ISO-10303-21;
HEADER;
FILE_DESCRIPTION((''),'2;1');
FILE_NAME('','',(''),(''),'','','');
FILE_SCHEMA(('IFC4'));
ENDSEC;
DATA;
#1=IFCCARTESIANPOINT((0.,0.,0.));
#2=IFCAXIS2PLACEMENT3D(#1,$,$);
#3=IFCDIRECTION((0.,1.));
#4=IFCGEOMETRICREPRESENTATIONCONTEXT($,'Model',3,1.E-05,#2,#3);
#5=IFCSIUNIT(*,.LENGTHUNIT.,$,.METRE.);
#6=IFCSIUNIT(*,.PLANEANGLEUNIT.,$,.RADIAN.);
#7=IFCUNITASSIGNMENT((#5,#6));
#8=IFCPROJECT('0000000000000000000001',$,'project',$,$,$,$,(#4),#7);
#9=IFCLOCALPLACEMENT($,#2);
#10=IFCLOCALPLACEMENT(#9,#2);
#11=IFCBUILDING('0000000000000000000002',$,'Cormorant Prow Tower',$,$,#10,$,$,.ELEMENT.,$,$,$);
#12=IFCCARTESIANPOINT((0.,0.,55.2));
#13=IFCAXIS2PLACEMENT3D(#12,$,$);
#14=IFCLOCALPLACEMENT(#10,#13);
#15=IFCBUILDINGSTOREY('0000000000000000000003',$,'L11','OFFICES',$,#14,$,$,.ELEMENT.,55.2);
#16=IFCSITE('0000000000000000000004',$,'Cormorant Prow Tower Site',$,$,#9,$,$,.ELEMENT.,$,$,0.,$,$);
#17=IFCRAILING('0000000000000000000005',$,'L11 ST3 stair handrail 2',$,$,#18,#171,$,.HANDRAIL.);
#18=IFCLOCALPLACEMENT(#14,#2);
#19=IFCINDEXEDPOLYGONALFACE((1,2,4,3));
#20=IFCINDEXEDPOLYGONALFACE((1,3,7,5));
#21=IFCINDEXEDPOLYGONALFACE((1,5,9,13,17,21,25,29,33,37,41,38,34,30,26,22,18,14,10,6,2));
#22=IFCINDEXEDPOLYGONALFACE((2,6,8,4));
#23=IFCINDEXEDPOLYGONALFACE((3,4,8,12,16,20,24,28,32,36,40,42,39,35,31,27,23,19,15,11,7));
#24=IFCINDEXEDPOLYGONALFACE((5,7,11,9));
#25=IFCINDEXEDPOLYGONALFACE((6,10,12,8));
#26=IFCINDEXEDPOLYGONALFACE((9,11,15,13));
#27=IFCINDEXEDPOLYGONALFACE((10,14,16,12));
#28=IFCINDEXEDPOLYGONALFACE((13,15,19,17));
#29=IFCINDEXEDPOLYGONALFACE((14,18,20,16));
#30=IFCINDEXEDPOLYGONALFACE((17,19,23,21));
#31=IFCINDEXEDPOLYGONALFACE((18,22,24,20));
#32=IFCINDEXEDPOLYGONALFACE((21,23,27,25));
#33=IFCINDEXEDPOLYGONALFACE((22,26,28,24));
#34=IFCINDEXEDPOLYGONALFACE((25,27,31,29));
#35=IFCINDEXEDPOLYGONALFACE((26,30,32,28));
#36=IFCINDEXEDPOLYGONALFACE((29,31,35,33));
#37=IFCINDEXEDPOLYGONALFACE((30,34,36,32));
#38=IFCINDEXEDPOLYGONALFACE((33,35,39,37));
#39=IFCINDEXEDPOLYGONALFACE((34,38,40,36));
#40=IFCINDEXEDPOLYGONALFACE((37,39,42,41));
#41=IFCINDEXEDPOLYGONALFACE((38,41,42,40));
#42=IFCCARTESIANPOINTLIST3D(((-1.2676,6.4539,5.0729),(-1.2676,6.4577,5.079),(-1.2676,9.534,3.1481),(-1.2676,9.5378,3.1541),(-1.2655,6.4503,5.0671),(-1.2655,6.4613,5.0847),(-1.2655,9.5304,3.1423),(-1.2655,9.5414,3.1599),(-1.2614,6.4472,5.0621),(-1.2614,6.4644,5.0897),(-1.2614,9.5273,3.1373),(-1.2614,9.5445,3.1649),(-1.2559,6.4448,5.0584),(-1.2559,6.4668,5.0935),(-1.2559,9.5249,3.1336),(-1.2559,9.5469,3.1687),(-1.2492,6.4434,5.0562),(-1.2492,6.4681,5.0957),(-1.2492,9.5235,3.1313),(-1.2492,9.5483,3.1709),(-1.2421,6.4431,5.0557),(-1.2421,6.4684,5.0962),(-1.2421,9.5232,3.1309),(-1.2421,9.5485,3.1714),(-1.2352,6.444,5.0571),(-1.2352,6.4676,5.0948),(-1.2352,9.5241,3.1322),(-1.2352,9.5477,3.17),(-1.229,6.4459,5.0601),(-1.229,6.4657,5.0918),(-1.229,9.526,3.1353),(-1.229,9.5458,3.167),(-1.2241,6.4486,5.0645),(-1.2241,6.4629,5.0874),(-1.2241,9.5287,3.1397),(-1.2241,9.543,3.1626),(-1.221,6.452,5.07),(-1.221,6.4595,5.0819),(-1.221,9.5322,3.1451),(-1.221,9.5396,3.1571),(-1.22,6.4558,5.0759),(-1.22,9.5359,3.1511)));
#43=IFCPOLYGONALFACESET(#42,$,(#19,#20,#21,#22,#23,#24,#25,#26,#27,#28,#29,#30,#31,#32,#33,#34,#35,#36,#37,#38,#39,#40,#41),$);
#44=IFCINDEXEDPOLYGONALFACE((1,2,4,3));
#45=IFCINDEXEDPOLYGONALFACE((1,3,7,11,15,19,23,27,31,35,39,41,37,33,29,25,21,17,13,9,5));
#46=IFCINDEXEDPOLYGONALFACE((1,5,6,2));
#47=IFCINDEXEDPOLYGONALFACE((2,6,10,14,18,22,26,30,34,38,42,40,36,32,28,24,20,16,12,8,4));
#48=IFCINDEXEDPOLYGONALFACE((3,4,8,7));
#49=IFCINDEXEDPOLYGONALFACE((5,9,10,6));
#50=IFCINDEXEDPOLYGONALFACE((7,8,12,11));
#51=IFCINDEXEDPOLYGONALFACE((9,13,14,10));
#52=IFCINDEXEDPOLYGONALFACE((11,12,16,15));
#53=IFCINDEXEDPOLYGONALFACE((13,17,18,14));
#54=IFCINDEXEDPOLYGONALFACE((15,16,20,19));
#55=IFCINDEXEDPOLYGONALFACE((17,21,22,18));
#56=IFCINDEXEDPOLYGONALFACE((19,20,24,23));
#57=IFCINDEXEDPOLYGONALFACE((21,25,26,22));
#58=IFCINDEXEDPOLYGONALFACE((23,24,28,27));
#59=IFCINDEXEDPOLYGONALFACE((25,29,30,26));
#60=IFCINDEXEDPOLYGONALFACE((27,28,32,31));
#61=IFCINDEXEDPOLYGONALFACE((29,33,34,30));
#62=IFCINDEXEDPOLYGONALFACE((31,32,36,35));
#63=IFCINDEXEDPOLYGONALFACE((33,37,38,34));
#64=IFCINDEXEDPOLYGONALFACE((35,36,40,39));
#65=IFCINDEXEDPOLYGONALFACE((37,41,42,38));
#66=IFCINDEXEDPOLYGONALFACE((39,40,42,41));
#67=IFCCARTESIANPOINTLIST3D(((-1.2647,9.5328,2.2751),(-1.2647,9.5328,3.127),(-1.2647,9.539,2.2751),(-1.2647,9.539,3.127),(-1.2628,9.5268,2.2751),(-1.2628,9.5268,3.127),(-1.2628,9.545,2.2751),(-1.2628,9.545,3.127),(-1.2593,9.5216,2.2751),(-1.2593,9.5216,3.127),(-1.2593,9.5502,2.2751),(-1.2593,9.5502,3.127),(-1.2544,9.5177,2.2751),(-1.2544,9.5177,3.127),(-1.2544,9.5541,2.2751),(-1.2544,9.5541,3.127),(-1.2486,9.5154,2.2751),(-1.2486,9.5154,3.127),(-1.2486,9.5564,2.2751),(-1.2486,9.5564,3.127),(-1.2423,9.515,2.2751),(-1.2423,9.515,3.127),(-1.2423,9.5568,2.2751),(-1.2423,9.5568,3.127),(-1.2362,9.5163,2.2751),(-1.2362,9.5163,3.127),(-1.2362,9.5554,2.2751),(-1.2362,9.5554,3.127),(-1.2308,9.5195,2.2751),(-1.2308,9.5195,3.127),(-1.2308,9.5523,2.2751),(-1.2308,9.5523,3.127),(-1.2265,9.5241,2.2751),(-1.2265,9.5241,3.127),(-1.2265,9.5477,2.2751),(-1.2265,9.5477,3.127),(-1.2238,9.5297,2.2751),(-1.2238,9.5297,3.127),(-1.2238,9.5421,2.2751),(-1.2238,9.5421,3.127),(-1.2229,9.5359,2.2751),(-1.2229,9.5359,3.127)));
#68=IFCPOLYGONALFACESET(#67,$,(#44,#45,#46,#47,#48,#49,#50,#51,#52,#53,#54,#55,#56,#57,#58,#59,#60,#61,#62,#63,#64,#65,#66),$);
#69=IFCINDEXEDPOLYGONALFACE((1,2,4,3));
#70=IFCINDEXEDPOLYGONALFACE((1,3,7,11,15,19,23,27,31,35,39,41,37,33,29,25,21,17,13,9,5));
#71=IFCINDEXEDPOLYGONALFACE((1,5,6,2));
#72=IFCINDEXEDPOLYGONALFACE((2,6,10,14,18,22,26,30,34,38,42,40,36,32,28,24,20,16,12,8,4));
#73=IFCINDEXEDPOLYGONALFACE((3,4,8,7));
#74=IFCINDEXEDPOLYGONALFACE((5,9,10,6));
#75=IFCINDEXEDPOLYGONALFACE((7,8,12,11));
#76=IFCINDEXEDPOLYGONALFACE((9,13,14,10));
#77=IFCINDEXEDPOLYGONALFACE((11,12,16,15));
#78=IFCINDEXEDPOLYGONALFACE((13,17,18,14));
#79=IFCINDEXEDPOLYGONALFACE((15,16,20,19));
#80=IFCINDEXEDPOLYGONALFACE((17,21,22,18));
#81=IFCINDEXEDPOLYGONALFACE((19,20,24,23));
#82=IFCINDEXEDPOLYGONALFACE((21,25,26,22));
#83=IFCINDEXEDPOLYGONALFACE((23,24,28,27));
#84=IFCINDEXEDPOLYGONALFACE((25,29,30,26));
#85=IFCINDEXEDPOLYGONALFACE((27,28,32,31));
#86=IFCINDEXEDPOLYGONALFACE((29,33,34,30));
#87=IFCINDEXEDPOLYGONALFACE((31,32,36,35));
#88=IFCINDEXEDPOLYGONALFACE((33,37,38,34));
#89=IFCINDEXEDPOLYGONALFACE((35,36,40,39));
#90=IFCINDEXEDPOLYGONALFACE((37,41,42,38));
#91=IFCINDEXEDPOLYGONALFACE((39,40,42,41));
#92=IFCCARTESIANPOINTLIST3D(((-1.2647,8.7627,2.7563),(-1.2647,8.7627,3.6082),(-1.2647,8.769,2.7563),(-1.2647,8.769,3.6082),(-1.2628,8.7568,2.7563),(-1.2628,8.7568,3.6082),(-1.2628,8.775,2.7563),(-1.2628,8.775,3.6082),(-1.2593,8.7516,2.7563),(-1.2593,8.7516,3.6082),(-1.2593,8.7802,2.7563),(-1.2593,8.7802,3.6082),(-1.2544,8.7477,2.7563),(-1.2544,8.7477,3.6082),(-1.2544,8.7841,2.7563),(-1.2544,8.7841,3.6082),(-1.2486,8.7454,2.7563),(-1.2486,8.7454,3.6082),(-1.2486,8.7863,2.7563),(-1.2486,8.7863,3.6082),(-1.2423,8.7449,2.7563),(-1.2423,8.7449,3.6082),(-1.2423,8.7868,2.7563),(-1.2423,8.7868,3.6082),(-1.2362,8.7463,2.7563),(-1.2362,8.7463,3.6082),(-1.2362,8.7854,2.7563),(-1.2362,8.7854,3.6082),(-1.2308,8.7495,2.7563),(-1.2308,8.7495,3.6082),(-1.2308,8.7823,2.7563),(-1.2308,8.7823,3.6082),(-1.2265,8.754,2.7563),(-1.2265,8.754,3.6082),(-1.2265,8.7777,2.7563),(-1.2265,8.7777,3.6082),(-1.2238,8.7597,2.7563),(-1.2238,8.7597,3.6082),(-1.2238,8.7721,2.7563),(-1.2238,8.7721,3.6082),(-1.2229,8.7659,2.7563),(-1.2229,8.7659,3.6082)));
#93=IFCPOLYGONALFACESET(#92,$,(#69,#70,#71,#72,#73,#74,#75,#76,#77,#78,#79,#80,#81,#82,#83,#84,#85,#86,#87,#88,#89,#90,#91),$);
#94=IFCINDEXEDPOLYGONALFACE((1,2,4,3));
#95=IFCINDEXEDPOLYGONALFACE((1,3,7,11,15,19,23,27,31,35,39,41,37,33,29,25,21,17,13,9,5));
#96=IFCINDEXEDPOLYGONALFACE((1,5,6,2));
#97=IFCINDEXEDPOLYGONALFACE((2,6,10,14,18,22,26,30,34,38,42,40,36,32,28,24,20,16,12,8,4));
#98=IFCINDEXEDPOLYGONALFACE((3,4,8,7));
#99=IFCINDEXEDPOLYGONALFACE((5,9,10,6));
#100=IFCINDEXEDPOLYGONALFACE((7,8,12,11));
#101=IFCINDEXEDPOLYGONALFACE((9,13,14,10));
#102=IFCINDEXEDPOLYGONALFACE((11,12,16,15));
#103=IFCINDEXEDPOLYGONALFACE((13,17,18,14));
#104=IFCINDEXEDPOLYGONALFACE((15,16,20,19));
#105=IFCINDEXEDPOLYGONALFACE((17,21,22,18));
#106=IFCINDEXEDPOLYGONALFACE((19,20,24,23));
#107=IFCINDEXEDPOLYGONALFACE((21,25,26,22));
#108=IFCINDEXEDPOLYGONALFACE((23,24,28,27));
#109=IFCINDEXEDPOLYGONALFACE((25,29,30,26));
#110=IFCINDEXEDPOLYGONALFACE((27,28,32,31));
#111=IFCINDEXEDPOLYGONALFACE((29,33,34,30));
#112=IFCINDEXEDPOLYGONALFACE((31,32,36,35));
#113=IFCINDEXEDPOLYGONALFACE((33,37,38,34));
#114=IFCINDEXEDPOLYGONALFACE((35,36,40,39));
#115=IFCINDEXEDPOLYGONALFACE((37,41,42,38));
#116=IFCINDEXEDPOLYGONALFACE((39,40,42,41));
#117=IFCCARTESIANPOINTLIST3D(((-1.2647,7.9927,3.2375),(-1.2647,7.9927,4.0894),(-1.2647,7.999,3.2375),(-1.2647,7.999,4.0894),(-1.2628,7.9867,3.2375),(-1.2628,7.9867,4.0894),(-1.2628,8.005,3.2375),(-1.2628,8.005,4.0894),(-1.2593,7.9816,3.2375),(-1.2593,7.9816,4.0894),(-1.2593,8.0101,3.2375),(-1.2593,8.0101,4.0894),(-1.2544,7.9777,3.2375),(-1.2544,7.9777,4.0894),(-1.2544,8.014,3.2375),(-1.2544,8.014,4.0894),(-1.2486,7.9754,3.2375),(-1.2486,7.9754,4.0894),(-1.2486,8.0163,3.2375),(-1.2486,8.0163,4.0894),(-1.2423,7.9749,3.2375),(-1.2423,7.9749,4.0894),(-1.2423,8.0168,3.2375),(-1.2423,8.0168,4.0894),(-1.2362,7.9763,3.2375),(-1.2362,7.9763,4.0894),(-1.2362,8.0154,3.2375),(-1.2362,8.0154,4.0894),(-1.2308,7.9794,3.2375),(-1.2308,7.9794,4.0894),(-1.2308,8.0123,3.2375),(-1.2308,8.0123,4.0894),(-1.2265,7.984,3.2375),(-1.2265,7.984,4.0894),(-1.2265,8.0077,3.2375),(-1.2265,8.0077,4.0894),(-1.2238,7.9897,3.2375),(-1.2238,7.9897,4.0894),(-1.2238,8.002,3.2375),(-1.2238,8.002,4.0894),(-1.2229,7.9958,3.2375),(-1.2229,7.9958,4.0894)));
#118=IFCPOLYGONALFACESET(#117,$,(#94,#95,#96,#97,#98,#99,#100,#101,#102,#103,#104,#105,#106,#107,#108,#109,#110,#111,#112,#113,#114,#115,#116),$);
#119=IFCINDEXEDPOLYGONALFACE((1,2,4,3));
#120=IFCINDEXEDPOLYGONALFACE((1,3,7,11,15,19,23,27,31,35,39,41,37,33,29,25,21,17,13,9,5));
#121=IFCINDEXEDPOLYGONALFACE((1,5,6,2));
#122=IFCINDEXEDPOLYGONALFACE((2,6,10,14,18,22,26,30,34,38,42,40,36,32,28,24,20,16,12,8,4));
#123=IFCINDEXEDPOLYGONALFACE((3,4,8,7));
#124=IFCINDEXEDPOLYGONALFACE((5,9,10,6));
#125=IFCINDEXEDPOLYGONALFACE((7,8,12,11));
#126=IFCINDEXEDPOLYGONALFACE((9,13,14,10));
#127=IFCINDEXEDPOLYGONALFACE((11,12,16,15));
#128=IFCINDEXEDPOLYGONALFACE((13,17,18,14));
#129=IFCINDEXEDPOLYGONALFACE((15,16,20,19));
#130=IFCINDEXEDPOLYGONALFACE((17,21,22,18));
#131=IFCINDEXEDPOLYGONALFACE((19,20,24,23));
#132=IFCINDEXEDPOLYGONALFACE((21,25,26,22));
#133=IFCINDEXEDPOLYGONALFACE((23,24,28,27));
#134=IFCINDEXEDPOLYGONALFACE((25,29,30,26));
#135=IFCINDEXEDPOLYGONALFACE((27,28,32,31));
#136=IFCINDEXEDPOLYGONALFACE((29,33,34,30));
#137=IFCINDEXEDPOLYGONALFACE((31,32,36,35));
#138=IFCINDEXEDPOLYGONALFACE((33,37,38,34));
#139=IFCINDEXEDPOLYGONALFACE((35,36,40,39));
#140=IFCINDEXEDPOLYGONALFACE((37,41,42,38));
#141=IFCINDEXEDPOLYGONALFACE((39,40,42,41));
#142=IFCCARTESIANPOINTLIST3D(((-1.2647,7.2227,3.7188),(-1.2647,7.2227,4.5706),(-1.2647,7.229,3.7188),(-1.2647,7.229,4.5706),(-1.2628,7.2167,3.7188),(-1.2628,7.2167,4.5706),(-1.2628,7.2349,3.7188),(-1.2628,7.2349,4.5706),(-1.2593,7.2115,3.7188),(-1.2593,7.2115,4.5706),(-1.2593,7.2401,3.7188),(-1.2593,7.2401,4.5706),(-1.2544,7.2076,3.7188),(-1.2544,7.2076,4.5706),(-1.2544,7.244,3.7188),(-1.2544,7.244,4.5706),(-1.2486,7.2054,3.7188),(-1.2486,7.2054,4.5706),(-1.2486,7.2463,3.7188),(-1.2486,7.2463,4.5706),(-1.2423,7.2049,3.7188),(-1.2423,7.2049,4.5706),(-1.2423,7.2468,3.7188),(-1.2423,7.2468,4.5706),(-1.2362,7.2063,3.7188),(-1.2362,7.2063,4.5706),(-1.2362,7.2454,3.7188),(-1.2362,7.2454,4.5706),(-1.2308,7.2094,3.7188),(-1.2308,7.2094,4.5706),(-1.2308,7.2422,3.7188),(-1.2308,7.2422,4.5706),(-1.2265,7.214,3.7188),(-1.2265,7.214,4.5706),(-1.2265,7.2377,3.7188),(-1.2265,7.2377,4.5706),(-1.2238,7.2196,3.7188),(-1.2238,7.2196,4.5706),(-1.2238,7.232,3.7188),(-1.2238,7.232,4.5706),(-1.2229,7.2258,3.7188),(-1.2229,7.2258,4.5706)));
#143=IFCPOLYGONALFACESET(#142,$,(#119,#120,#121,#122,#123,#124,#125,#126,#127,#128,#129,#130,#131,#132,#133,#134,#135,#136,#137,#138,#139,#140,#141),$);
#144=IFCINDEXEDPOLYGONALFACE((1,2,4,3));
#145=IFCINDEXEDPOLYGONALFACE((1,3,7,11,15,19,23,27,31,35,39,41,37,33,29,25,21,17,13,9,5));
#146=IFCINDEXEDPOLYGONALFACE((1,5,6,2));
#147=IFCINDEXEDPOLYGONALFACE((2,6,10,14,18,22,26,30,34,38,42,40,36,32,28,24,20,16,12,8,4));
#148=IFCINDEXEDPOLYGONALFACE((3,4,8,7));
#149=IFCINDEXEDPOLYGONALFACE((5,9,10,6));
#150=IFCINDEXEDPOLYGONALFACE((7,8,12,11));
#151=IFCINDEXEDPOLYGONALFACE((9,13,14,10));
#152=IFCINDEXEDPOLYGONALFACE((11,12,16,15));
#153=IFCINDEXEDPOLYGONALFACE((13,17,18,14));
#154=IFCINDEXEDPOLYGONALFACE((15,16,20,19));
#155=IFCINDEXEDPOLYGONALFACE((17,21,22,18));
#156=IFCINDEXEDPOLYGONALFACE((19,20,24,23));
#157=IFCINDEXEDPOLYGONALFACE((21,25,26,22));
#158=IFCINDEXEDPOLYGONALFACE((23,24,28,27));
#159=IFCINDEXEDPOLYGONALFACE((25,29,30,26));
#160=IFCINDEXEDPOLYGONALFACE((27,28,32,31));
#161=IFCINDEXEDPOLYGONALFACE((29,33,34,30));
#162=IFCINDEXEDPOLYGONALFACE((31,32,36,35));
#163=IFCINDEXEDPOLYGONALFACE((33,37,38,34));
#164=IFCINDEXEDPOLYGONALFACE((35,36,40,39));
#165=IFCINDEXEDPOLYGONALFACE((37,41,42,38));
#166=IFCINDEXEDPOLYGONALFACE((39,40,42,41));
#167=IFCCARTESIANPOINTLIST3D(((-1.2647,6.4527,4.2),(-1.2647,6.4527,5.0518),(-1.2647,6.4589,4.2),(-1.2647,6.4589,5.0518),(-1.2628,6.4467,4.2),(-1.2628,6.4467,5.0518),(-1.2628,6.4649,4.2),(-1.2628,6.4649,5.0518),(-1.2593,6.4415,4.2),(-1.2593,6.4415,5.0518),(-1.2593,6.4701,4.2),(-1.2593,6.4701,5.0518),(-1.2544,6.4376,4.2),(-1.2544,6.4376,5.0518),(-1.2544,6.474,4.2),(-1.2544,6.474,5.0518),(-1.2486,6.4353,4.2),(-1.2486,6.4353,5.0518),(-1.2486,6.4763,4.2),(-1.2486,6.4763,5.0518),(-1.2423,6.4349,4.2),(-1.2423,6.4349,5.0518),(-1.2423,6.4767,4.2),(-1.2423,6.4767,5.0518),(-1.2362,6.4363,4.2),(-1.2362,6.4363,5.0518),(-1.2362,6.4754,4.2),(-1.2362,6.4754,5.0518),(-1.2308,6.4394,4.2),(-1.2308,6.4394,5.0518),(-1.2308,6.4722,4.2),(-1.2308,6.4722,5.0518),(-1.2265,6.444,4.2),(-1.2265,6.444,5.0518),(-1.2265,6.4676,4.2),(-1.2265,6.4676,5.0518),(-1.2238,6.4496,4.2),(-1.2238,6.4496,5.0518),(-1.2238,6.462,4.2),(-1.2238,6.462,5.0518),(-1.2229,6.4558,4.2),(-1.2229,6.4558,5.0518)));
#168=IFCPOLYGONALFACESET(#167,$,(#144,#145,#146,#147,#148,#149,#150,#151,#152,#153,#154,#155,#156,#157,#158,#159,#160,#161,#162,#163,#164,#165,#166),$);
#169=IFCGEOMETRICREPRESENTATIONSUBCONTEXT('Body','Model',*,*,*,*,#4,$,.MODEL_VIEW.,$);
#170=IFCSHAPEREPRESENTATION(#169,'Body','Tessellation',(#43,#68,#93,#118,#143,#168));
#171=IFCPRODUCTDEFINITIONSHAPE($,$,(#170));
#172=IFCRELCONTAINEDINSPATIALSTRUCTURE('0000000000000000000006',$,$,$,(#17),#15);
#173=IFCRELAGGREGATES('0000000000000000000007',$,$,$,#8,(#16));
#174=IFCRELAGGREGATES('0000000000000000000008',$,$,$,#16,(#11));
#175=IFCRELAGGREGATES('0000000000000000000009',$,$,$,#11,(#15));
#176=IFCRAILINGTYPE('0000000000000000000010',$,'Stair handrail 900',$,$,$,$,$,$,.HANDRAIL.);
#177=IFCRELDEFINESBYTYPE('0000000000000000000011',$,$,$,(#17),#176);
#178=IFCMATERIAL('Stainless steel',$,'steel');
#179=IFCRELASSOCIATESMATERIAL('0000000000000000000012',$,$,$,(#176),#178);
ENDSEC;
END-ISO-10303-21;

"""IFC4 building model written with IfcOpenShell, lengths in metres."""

from ifc_helpers import new_model, si_unit, direction, frame, origin, origin_2d, place, context, subcontext, project, spatial, circle, extrude, material, type_object, element, save


model = new_model("IFC4")

# Units and contexts
model_context = context("Model", 3, precision=1e-05, world=origin(), true_north=direction((0.0, 1.0)))
body_context = subcontext(model_context, "Body", "Model", "MODEL_VIEW")
ifc_project = project(units=[si_unit("LENGTHUNIT", "METRE"), si_unit("PLANEANGLEUNIT", "RADIAN")], contexts=[model_context])

# Site, building, storey
site_placement = place(None, origin())
site = spatial("IfcSite", under=ifc_project, at=site_placement, Name="Cormorant Prow Tower Site", CompositionType="ELEMENT", RefElevation=0.0)
building_placement = place(site_placement, origin())
building = spatial("IfcBuilding", under=site, at=building_placement, Name="Cormorant Prow Tower", CompositionType="ELEMENT")
storey_placement = place(building_placement, frame((0.0, 0.0, 55.2)))
storey = spatial("IfcBuildingStorey", under=building, at=storey_placement, Name="L11", Description="OFFICES", CompositionType="ELEMENT", Elevation=55.2)

# Railing
ifc_material_1 = material(Name="Stainless steel", Category="steel")
railing_type = type_object("IfcRailingType", Name="Stair handrail 900", PredefinedType="HANDRAIL", material=ifc_material_1)
railing_placement = place(storey_placement, frame((-1.2439, 9.5359, 2.2751)))
element("IfcRailing", 1, at=railing_placement, inside=storey, type_object=railing_type, Name="L11 ST3 stair handrail 2", PredefinedType="HANDRAIL", context=body_context, shape_type="SweptSolid", body=[
    extrude(circle(Radius=0.0239, at=origin_2d()), frame((0.0, 0.0, 0.876), z_axis=(0.0, -0.848029, 0.529951), x_axis=(1.0, 0.0, 0.0)), (0.0, 0.0, 1.0), 3.6321),
    extrude(circle(Radius=0.021, at=origin_2d()), origin(), (0.0, 0.0, 1.0), 0.8518),
    extrude(circle(Radius=0.021, at=origin_2d()), frame((0.0, -0.77, 0.4812)), (0.0, 0.0, 1.0), 0.8518),
    extrude(circle(Radius=0.021, at=origin_2d()), frame((0.0, -1.54, 0.9624)), (0.0, 0.0, 1.0), 0.8518),
    extrude(circle(Radius=0.021, at=origin_2d()), frame((0.0, -2.3101, 1.4436)), (0.0, 0.0, 1.0), 0.8518),
    extrude(circle(Radius=0.021, at=origin_2d()), frame((0.0, -3.0801, 1.9248)), (0.0, 0.0, 1.0), 0.8518),
])

save(model, "model.ifc")
